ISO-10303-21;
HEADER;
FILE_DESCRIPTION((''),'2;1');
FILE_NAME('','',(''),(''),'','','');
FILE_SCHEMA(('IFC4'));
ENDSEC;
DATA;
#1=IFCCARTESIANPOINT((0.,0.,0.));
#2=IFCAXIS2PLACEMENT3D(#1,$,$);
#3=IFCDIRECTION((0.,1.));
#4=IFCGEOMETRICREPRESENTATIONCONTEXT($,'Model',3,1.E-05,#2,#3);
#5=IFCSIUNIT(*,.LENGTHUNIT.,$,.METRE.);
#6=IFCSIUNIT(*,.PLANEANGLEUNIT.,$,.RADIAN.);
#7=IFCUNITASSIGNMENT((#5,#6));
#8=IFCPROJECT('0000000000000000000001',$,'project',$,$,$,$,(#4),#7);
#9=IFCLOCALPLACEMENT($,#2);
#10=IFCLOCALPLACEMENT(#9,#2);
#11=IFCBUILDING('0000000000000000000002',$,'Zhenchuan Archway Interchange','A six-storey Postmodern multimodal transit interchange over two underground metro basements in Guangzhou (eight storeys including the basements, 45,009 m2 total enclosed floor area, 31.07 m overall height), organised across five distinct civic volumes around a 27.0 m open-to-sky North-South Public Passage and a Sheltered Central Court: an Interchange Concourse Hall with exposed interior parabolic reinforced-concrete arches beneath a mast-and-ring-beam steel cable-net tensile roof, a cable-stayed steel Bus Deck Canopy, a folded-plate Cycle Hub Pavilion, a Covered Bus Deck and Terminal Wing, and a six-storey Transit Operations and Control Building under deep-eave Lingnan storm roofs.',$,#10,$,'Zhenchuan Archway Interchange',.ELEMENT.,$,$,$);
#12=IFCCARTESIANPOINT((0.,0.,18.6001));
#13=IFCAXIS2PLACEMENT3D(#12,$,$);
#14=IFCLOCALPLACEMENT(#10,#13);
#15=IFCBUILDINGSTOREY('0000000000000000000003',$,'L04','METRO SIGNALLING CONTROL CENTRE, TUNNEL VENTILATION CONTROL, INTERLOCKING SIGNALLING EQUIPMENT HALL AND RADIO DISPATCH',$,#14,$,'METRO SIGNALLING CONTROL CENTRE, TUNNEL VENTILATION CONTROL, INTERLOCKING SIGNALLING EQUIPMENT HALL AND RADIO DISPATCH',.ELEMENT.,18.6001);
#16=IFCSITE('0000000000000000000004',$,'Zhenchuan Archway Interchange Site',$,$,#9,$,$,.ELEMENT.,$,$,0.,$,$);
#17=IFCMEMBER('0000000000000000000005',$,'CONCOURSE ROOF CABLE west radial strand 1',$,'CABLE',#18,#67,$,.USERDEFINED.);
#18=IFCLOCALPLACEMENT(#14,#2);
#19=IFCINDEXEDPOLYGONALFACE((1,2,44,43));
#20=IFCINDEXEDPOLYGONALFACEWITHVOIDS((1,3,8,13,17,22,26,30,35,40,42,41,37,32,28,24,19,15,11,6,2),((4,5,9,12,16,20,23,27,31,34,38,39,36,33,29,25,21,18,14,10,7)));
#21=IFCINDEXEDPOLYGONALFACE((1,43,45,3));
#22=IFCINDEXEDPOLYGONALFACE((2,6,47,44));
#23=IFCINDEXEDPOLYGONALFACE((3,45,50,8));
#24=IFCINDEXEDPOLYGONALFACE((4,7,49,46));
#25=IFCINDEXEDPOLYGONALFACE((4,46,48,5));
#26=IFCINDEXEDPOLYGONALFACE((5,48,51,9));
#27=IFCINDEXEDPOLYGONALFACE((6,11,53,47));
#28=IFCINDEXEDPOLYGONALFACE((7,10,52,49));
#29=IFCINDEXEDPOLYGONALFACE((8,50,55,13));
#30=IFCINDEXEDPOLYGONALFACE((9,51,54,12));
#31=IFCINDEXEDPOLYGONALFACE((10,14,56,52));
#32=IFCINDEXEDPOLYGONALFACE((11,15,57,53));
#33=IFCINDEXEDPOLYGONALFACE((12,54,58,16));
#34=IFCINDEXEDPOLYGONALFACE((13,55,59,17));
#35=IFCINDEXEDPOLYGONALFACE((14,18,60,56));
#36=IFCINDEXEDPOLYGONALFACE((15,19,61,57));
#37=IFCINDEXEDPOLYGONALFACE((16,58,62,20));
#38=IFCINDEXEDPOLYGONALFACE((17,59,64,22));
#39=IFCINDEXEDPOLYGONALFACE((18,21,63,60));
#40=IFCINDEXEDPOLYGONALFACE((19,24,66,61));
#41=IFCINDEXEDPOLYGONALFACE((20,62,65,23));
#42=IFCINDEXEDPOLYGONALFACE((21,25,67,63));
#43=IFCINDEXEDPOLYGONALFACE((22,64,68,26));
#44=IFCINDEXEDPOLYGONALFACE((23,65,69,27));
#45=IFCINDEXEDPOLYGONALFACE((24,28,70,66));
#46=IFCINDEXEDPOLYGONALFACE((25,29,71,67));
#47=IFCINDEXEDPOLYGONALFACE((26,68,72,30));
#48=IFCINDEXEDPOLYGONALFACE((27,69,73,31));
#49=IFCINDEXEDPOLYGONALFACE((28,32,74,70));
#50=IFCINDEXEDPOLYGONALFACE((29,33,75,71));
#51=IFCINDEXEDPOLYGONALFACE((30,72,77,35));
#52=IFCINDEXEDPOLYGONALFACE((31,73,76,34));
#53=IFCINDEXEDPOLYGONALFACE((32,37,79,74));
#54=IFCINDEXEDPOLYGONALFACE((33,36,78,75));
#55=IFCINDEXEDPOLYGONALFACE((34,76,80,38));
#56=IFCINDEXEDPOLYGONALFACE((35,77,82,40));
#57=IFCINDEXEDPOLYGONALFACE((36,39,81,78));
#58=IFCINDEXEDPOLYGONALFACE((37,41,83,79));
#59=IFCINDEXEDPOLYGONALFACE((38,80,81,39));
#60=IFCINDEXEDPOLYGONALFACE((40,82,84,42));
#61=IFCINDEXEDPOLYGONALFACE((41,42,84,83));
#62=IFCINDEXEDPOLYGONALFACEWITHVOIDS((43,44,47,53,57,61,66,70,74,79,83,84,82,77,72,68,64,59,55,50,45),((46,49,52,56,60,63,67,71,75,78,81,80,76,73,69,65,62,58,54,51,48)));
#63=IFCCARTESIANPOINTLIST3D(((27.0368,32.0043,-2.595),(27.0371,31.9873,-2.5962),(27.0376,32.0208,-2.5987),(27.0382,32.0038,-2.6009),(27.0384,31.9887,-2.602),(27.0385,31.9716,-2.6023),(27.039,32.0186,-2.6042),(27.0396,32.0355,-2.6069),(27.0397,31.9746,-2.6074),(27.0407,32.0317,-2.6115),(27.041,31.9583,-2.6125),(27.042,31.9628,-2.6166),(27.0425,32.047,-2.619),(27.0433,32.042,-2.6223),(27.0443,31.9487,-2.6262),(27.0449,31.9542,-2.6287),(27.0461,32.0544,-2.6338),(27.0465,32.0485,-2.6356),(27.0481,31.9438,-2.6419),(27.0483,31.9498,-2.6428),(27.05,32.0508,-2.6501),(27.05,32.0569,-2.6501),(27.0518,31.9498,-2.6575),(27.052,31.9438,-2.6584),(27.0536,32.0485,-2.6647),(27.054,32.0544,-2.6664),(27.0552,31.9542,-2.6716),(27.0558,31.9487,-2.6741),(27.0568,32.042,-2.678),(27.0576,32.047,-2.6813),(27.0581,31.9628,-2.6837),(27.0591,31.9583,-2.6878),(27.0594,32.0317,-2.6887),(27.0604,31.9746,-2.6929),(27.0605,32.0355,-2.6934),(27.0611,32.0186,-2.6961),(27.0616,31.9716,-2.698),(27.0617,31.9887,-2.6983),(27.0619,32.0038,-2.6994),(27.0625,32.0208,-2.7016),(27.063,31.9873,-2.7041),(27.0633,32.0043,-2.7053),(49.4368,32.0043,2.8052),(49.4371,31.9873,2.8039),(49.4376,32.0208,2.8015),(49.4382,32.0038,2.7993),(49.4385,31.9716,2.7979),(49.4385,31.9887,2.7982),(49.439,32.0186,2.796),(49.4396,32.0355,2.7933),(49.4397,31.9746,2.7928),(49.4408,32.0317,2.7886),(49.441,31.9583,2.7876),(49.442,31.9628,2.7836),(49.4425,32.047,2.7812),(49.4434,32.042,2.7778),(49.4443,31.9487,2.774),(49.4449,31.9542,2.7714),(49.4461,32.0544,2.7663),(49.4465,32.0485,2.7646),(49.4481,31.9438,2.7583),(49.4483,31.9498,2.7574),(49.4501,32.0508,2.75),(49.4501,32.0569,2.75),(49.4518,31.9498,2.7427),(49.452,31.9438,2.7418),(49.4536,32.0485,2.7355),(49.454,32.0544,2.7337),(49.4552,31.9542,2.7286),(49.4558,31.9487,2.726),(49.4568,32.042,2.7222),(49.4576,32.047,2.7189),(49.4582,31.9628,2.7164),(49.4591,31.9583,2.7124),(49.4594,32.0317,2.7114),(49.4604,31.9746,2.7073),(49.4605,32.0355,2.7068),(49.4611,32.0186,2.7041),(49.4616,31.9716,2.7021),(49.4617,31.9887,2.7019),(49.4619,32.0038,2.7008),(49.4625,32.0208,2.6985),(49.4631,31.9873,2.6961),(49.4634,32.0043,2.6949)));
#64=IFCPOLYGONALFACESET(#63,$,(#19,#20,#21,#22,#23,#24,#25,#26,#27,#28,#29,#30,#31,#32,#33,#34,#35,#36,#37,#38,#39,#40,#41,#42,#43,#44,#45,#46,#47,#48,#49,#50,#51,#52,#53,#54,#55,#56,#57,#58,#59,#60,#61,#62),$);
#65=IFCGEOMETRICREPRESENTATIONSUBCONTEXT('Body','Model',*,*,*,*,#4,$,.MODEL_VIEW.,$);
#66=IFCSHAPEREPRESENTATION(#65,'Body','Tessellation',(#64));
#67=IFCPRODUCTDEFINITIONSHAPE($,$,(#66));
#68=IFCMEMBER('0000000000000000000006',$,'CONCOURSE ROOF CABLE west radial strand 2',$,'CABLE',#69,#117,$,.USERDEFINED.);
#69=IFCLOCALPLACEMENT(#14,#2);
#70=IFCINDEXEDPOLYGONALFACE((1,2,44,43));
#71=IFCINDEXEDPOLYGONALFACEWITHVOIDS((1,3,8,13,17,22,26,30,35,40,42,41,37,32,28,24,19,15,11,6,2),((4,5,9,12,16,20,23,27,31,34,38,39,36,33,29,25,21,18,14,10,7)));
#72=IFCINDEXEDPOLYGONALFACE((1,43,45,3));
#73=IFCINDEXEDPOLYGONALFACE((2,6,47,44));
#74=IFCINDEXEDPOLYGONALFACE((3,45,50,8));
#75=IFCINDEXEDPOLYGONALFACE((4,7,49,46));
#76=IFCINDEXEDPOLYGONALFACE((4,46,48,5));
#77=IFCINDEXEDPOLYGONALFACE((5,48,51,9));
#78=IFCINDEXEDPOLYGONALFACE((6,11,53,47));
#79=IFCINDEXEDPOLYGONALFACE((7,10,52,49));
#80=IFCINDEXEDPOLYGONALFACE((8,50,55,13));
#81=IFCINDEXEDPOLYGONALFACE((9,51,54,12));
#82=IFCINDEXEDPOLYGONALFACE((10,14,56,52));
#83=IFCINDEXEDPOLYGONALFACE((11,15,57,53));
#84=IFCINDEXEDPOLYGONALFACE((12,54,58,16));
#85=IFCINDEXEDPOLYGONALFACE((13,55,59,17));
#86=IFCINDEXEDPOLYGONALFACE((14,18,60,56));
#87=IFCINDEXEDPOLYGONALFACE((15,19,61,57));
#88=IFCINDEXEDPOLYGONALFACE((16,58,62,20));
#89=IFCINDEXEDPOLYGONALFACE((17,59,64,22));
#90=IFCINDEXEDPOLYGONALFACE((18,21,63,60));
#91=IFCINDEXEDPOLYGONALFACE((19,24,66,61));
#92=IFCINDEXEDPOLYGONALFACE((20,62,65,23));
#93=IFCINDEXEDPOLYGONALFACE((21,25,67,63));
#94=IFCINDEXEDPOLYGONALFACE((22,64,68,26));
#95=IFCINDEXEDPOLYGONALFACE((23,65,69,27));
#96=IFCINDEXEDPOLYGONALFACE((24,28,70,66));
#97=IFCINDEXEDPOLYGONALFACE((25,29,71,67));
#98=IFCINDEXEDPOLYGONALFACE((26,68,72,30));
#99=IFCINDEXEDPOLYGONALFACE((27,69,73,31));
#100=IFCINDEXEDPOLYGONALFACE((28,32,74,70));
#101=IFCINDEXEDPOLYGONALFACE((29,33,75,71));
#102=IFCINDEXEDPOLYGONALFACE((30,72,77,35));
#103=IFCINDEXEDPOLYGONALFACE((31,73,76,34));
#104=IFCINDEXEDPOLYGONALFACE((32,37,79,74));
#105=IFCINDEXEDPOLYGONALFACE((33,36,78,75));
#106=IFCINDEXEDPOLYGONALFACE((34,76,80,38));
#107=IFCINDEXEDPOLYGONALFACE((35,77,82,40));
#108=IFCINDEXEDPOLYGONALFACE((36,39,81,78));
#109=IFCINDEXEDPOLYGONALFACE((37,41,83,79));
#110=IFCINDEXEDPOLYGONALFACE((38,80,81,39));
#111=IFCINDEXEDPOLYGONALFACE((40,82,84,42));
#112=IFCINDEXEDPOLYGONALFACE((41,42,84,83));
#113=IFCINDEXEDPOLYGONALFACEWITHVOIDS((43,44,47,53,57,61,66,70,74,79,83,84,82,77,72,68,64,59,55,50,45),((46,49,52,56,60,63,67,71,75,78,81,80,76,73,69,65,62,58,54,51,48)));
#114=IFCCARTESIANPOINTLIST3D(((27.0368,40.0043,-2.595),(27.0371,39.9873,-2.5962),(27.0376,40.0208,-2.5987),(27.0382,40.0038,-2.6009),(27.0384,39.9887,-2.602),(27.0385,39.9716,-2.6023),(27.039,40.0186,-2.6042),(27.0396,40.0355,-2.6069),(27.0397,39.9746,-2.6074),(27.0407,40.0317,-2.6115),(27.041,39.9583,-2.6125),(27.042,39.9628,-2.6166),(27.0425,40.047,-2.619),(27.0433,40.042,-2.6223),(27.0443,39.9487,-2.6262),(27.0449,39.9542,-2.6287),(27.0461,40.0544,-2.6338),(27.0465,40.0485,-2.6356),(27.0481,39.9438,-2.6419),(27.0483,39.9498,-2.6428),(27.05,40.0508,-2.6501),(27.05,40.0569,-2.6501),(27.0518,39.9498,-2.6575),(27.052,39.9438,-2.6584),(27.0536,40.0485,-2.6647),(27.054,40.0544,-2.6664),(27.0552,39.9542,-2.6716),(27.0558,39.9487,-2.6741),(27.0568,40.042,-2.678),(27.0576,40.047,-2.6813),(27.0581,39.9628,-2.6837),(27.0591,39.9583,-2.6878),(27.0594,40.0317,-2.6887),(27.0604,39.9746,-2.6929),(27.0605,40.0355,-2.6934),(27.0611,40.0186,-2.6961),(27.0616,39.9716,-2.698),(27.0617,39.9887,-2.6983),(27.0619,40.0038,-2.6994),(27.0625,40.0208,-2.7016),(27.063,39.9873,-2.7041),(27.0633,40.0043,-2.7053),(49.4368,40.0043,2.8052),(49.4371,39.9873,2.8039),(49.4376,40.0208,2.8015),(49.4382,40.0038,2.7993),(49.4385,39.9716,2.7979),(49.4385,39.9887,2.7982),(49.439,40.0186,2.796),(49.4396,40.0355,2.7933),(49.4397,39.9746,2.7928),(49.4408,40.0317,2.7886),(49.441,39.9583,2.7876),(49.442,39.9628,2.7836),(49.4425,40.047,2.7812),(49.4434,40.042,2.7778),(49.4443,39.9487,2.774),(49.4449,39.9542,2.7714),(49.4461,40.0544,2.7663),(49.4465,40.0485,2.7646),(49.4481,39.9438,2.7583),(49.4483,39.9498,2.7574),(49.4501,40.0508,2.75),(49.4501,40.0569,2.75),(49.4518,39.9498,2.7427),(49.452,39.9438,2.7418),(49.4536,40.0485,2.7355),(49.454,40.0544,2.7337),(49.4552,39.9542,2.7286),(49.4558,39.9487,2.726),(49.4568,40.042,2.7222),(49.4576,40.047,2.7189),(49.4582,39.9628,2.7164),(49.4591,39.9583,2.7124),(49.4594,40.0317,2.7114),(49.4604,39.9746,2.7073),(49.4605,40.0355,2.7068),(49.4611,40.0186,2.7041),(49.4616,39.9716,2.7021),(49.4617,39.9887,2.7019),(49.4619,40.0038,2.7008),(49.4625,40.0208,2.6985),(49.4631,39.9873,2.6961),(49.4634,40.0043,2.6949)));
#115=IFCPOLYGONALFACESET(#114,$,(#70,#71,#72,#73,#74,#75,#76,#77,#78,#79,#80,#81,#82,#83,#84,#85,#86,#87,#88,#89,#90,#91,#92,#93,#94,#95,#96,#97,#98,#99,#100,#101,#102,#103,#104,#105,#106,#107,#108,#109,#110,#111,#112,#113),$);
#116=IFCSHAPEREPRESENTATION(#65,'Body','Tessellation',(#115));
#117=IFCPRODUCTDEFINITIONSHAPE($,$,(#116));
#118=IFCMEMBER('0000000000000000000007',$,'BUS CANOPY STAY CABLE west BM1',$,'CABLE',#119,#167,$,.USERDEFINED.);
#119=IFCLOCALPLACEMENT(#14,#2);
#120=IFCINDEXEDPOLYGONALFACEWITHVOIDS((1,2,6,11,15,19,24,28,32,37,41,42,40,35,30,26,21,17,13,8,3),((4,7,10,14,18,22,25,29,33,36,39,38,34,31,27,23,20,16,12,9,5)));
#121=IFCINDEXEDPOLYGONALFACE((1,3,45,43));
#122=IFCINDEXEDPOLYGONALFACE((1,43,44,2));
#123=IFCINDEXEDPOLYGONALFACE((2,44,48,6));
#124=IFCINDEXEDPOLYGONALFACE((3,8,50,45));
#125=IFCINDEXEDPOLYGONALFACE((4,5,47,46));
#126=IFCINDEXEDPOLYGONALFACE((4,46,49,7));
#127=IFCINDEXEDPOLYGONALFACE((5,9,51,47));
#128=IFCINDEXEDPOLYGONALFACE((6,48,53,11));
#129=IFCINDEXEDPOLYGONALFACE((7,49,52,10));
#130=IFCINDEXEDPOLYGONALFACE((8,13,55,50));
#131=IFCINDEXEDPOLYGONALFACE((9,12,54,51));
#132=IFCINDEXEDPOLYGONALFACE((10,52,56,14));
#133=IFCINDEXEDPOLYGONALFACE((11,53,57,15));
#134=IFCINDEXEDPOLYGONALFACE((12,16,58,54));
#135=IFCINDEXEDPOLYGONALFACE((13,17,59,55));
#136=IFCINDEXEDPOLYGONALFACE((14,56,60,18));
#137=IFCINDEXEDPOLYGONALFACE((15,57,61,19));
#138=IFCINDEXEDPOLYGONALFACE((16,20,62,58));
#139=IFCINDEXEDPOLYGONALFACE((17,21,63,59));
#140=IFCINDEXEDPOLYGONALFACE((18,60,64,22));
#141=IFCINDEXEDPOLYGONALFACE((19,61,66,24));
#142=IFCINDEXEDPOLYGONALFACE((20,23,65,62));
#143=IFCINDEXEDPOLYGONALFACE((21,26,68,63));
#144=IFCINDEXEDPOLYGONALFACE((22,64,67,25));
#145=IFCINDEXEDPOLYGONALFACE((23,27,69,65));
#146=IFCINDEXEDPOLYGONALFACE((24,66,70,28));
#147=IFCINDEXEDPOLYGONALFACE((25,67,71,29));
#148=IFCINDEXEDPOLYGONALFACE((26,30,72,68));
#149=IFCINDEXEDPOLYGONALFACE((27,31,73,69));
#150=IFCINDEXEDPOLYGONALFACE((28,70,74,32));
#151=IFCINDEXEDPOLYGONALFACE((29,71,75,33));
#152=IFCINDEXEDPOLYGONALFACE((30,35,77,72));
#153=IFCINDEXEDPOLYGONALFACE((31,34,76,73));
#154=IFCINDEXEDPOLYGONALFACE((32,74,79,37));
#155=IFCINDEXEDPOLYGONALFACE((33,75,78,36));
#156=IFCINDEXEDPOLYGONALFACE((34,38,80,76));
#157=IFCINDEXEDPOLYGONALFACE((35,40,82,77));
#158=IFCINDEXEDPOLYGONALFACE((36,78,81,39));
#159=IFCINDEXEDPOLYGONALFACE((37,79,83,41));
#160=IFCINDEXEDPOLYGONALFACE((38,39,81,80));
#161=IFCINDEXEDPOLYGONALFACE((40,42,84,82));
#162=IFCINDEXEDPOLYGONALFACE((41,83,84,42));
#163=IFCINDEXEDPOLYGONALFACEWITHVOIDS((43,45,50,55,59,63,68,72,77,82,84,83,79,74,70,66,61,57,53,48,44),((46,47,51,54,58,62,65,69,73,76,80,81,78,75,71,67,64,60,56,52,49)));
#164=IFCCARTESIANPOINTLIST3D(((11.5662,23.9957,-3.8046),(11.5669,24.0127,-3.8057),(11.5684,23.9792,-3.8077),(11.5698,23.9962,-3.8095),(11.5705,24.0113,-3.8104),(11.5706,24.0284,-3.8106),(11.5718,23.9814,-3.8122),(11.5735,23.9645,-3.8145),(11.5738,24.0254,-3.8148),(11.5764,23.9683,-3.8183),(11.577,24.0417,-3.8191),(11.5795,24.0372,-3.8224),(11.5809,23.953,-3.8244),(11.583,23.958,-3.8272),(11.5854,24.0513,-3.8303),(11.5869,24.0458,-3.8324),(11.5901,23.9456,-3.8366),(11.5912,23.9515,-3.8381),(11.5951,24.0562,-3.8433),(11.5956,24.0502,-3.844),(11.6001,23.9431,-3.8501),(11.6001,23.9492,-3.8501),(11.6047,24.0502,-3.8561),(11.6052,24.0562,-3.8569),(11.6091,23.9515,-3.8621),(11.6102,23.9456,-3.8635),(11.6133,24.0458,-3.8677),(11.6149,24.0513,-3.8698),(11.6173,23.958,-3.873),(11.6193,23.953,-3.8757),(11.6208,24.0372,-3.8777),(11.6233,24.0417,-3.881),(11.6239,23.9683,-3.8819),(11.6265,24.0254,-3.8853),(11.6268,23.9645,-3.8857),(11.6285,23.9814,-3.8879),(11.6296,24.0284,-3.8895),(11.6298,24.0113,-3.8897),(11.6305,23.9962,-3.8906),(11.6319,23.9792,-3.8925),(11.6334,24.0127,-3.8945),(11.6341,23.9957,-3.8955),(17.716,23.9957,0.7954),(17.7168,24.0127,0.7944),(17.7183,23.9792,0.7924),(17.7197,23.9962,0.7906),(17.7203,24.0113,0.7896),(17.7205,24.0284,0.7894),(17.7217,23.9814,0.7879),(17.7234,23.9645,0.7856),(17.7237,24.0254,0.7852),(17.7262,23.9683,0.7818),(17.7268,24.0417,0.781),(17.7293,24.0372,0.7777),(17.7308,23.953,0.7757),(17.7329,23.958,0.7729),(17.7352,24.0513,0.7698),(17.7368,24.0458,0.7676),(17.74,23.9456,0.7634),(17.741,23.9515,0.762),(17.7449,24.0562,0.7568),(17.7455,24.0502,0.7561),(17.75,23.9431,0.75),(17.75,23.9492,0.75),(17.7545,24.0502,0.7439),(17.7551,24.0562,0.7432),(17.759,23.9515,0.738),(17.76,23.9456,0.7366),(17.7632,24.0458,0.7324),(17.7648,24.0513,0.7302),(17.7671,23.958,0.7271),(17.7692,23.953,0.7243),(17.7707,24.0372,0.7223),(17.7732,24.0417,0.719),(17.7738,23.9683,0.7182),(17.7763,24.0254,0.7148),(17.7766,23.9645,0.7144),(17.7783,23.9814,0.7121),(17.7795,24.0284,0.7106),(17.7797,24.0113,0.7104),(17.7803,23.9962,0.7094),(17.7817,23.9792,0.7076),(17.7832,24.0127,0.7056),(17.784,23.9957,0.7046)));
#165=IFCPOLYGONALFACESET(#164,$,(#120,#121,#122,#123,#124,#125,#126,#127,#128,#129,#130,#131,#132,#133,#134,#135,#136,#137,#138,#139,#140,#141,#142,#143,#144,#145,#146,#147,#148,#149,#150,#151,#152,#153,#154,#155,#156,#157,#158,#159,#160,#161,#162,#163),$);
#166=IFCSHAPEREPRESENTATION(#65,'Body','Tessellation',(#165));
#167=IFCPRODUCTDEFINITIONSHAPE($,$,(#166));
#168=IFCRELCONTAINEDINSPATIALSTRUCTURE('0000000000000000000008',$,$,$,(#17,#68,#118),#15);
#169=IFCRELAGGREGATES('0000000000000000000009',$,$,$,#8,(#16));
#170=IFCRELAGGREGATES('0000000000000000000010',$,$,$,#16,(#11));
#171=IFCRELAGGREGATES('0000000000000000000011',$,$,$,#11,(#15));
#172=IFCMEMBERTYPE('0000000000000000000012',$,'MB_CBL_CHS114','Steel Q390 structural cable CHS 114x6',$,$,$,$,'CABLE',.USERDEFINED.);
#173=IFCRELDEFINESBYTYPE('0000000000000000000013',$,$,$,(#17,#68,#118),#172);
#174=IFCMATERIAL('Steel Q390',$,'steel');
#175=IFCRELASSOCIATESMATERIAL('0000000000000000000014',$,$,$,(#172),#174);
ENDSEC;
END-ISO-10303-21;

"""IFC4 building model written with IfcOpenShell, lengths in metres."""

from ifc_helpers import new_model, si_unit, direction, frame, origin, origin_2d, place, context, subcontext, project, spatial, hollow_circle, extrude, material, material_profile, profile_set, type_object, element, save


model = new_model("IFC4")

# Units and contexts
model_context = context("Model", 3, precision=1e-05, world=origin(), true_north=direction((0.0, 1.0)))
body_context = subcontext(model_context, "Body", "Model", "MODEL_VIEW")
ifc_project = project(units=[si_unit("LENGTHUNIT", "METRE"), si_unit("PLANEANGLEUNIT", "RADIAN")], contexts=[model_context])

# Site, building, storey
site_placement = place(None, origin())
site = spatial("IfcSite", under=ifc_project, at=site_placement, Name="Zhenchuan Archway Interchange Site", CompositionType="ELEMENT", RefElevation=0.0)
building_placement = place(site_placement, origin())
building = spatial("IfcBuilding", under=site, at=building_placement, Name="Zhenchuan Archway Interchange", Description="A six-storey Postmodern multimodal transit interchange over two underground metro basements in Guangzhou (eight storeys including the basements, 45,009 m2 total enclosed floor area, 31.07 m overall height), organised across five distinct civic volumes around a 27.0 m open-to-sky North-South Public Passage and a Sheltered Central Court: an Interchange Concourse Hall with exposed interior parabolic reinforced-concrete arches beneath a mast-and-ring-beam steel cable-net tensile roof, a cable-stayed steel Bus Deck Canopy, a folded-plate Cycle Hub Pavilion, a Covered Bus Deck and Terminal Wing, and a six-storey Transit Operations and Control Building under deep-eave Lingnan storm roofs.", LongName="Zhenchuan Archway Interchange", CompositionType="ELEMENT")
storey_placement = place(building_placement, frame((0.0, 0.0, 18.6001)))
storey = spatial("IfcBuildingStorey", under=building, at=storey_placement, Name="L04", Description="METRO SIGNALLING CONTROL CENTRE, TUNNEL VENTILATION CONTROL, INTERLOCKING SIGNALLING EQUIPMENT HALL AND RADIO DISPATCH", LongName="METRO SIGNALLING CONTROL CENTRE, TUNNEL VENTILATION CONTROL, INTERLOCKING SIGNALLING EQUIPMENT HALL AND RADIO DISPATCH", CompositionType="ELEMENT", Elevation=18.6001)

# Shared definitions
ifc_material_1 = material(Name="Steel Q390", Category="steel")

# Members
ifc_material_profile_1 = material_profile(ifc_material_1, hollow_circle(Radius=0.0569, WallThickness=0.0061, at=origin_2d()), Name="CHS 114x6")
ifc_profile_set_1 = profile_set([ifc_material_profile_1], Name="Steel Q390")
member_type_1 = type_object("IfcMemberType", Name="MB_CBL_CHS114", Description="Steel Q390 structural cable CHS 114x6", ElementType="CABLE", PredefinedType="USERDEFINED", material=ifc_profile_set_1)
for number, where, z_axis, x_axis, name in (
    (1, (27.05, 32.0, -2.6501), (0.972149, 0.0, 0.234365), (0.0, 1.0, 0.0), "CONCOURSE ROOF CABLE west radial strand 1"),
    (2, (27.05, 40.0, -2.6501), (0.972149, 0.0, 0.234365), (0.0, 1.0, 0.0), "CONCOURSE ROOF CABLE west radial strand 2"),
):
    element("IfcMember", number, at=place(storey_placement, frame(where, z_axis=z_axis, x_axis=x_axis)), inside=storey, type_object=member_type_1, Name=name, ObjectType="CABLE", PredefinedType="USERDEFINED", context=body_context, shape_type="SweptSolid", body=[
        extrude(hollow_circle(Radius=0.0569, WallThickness=0.0061, at=origin_2d()), origin(), (0.0, 0.0, 1.0), 23.0417),
    ])
member_1_placement = place(storey_placement, frame((17.75, 24.0, 0.75), z_axis=(-0.80077, 0.0, -0.598972), x_axis=(0.0, -1.0, 0.0)))
element("IfcMember", 3, at=member_1_placement, inside=storey, type_object=member_type_1, Name="BUS CANOPY STAY CABLE west BM1", ObjectType="CABLE", PredefinedType="USERDEFINED", context=body_context, shape_type="SweptSolid", body=[
    extrude(hollow_circle(Radius=0.0569, WallThickness=0.0061, at=origin_2d()), origin(), (0.0, 0.0, 1.0), 7.6799),
])

save(model, "model.ifc")
